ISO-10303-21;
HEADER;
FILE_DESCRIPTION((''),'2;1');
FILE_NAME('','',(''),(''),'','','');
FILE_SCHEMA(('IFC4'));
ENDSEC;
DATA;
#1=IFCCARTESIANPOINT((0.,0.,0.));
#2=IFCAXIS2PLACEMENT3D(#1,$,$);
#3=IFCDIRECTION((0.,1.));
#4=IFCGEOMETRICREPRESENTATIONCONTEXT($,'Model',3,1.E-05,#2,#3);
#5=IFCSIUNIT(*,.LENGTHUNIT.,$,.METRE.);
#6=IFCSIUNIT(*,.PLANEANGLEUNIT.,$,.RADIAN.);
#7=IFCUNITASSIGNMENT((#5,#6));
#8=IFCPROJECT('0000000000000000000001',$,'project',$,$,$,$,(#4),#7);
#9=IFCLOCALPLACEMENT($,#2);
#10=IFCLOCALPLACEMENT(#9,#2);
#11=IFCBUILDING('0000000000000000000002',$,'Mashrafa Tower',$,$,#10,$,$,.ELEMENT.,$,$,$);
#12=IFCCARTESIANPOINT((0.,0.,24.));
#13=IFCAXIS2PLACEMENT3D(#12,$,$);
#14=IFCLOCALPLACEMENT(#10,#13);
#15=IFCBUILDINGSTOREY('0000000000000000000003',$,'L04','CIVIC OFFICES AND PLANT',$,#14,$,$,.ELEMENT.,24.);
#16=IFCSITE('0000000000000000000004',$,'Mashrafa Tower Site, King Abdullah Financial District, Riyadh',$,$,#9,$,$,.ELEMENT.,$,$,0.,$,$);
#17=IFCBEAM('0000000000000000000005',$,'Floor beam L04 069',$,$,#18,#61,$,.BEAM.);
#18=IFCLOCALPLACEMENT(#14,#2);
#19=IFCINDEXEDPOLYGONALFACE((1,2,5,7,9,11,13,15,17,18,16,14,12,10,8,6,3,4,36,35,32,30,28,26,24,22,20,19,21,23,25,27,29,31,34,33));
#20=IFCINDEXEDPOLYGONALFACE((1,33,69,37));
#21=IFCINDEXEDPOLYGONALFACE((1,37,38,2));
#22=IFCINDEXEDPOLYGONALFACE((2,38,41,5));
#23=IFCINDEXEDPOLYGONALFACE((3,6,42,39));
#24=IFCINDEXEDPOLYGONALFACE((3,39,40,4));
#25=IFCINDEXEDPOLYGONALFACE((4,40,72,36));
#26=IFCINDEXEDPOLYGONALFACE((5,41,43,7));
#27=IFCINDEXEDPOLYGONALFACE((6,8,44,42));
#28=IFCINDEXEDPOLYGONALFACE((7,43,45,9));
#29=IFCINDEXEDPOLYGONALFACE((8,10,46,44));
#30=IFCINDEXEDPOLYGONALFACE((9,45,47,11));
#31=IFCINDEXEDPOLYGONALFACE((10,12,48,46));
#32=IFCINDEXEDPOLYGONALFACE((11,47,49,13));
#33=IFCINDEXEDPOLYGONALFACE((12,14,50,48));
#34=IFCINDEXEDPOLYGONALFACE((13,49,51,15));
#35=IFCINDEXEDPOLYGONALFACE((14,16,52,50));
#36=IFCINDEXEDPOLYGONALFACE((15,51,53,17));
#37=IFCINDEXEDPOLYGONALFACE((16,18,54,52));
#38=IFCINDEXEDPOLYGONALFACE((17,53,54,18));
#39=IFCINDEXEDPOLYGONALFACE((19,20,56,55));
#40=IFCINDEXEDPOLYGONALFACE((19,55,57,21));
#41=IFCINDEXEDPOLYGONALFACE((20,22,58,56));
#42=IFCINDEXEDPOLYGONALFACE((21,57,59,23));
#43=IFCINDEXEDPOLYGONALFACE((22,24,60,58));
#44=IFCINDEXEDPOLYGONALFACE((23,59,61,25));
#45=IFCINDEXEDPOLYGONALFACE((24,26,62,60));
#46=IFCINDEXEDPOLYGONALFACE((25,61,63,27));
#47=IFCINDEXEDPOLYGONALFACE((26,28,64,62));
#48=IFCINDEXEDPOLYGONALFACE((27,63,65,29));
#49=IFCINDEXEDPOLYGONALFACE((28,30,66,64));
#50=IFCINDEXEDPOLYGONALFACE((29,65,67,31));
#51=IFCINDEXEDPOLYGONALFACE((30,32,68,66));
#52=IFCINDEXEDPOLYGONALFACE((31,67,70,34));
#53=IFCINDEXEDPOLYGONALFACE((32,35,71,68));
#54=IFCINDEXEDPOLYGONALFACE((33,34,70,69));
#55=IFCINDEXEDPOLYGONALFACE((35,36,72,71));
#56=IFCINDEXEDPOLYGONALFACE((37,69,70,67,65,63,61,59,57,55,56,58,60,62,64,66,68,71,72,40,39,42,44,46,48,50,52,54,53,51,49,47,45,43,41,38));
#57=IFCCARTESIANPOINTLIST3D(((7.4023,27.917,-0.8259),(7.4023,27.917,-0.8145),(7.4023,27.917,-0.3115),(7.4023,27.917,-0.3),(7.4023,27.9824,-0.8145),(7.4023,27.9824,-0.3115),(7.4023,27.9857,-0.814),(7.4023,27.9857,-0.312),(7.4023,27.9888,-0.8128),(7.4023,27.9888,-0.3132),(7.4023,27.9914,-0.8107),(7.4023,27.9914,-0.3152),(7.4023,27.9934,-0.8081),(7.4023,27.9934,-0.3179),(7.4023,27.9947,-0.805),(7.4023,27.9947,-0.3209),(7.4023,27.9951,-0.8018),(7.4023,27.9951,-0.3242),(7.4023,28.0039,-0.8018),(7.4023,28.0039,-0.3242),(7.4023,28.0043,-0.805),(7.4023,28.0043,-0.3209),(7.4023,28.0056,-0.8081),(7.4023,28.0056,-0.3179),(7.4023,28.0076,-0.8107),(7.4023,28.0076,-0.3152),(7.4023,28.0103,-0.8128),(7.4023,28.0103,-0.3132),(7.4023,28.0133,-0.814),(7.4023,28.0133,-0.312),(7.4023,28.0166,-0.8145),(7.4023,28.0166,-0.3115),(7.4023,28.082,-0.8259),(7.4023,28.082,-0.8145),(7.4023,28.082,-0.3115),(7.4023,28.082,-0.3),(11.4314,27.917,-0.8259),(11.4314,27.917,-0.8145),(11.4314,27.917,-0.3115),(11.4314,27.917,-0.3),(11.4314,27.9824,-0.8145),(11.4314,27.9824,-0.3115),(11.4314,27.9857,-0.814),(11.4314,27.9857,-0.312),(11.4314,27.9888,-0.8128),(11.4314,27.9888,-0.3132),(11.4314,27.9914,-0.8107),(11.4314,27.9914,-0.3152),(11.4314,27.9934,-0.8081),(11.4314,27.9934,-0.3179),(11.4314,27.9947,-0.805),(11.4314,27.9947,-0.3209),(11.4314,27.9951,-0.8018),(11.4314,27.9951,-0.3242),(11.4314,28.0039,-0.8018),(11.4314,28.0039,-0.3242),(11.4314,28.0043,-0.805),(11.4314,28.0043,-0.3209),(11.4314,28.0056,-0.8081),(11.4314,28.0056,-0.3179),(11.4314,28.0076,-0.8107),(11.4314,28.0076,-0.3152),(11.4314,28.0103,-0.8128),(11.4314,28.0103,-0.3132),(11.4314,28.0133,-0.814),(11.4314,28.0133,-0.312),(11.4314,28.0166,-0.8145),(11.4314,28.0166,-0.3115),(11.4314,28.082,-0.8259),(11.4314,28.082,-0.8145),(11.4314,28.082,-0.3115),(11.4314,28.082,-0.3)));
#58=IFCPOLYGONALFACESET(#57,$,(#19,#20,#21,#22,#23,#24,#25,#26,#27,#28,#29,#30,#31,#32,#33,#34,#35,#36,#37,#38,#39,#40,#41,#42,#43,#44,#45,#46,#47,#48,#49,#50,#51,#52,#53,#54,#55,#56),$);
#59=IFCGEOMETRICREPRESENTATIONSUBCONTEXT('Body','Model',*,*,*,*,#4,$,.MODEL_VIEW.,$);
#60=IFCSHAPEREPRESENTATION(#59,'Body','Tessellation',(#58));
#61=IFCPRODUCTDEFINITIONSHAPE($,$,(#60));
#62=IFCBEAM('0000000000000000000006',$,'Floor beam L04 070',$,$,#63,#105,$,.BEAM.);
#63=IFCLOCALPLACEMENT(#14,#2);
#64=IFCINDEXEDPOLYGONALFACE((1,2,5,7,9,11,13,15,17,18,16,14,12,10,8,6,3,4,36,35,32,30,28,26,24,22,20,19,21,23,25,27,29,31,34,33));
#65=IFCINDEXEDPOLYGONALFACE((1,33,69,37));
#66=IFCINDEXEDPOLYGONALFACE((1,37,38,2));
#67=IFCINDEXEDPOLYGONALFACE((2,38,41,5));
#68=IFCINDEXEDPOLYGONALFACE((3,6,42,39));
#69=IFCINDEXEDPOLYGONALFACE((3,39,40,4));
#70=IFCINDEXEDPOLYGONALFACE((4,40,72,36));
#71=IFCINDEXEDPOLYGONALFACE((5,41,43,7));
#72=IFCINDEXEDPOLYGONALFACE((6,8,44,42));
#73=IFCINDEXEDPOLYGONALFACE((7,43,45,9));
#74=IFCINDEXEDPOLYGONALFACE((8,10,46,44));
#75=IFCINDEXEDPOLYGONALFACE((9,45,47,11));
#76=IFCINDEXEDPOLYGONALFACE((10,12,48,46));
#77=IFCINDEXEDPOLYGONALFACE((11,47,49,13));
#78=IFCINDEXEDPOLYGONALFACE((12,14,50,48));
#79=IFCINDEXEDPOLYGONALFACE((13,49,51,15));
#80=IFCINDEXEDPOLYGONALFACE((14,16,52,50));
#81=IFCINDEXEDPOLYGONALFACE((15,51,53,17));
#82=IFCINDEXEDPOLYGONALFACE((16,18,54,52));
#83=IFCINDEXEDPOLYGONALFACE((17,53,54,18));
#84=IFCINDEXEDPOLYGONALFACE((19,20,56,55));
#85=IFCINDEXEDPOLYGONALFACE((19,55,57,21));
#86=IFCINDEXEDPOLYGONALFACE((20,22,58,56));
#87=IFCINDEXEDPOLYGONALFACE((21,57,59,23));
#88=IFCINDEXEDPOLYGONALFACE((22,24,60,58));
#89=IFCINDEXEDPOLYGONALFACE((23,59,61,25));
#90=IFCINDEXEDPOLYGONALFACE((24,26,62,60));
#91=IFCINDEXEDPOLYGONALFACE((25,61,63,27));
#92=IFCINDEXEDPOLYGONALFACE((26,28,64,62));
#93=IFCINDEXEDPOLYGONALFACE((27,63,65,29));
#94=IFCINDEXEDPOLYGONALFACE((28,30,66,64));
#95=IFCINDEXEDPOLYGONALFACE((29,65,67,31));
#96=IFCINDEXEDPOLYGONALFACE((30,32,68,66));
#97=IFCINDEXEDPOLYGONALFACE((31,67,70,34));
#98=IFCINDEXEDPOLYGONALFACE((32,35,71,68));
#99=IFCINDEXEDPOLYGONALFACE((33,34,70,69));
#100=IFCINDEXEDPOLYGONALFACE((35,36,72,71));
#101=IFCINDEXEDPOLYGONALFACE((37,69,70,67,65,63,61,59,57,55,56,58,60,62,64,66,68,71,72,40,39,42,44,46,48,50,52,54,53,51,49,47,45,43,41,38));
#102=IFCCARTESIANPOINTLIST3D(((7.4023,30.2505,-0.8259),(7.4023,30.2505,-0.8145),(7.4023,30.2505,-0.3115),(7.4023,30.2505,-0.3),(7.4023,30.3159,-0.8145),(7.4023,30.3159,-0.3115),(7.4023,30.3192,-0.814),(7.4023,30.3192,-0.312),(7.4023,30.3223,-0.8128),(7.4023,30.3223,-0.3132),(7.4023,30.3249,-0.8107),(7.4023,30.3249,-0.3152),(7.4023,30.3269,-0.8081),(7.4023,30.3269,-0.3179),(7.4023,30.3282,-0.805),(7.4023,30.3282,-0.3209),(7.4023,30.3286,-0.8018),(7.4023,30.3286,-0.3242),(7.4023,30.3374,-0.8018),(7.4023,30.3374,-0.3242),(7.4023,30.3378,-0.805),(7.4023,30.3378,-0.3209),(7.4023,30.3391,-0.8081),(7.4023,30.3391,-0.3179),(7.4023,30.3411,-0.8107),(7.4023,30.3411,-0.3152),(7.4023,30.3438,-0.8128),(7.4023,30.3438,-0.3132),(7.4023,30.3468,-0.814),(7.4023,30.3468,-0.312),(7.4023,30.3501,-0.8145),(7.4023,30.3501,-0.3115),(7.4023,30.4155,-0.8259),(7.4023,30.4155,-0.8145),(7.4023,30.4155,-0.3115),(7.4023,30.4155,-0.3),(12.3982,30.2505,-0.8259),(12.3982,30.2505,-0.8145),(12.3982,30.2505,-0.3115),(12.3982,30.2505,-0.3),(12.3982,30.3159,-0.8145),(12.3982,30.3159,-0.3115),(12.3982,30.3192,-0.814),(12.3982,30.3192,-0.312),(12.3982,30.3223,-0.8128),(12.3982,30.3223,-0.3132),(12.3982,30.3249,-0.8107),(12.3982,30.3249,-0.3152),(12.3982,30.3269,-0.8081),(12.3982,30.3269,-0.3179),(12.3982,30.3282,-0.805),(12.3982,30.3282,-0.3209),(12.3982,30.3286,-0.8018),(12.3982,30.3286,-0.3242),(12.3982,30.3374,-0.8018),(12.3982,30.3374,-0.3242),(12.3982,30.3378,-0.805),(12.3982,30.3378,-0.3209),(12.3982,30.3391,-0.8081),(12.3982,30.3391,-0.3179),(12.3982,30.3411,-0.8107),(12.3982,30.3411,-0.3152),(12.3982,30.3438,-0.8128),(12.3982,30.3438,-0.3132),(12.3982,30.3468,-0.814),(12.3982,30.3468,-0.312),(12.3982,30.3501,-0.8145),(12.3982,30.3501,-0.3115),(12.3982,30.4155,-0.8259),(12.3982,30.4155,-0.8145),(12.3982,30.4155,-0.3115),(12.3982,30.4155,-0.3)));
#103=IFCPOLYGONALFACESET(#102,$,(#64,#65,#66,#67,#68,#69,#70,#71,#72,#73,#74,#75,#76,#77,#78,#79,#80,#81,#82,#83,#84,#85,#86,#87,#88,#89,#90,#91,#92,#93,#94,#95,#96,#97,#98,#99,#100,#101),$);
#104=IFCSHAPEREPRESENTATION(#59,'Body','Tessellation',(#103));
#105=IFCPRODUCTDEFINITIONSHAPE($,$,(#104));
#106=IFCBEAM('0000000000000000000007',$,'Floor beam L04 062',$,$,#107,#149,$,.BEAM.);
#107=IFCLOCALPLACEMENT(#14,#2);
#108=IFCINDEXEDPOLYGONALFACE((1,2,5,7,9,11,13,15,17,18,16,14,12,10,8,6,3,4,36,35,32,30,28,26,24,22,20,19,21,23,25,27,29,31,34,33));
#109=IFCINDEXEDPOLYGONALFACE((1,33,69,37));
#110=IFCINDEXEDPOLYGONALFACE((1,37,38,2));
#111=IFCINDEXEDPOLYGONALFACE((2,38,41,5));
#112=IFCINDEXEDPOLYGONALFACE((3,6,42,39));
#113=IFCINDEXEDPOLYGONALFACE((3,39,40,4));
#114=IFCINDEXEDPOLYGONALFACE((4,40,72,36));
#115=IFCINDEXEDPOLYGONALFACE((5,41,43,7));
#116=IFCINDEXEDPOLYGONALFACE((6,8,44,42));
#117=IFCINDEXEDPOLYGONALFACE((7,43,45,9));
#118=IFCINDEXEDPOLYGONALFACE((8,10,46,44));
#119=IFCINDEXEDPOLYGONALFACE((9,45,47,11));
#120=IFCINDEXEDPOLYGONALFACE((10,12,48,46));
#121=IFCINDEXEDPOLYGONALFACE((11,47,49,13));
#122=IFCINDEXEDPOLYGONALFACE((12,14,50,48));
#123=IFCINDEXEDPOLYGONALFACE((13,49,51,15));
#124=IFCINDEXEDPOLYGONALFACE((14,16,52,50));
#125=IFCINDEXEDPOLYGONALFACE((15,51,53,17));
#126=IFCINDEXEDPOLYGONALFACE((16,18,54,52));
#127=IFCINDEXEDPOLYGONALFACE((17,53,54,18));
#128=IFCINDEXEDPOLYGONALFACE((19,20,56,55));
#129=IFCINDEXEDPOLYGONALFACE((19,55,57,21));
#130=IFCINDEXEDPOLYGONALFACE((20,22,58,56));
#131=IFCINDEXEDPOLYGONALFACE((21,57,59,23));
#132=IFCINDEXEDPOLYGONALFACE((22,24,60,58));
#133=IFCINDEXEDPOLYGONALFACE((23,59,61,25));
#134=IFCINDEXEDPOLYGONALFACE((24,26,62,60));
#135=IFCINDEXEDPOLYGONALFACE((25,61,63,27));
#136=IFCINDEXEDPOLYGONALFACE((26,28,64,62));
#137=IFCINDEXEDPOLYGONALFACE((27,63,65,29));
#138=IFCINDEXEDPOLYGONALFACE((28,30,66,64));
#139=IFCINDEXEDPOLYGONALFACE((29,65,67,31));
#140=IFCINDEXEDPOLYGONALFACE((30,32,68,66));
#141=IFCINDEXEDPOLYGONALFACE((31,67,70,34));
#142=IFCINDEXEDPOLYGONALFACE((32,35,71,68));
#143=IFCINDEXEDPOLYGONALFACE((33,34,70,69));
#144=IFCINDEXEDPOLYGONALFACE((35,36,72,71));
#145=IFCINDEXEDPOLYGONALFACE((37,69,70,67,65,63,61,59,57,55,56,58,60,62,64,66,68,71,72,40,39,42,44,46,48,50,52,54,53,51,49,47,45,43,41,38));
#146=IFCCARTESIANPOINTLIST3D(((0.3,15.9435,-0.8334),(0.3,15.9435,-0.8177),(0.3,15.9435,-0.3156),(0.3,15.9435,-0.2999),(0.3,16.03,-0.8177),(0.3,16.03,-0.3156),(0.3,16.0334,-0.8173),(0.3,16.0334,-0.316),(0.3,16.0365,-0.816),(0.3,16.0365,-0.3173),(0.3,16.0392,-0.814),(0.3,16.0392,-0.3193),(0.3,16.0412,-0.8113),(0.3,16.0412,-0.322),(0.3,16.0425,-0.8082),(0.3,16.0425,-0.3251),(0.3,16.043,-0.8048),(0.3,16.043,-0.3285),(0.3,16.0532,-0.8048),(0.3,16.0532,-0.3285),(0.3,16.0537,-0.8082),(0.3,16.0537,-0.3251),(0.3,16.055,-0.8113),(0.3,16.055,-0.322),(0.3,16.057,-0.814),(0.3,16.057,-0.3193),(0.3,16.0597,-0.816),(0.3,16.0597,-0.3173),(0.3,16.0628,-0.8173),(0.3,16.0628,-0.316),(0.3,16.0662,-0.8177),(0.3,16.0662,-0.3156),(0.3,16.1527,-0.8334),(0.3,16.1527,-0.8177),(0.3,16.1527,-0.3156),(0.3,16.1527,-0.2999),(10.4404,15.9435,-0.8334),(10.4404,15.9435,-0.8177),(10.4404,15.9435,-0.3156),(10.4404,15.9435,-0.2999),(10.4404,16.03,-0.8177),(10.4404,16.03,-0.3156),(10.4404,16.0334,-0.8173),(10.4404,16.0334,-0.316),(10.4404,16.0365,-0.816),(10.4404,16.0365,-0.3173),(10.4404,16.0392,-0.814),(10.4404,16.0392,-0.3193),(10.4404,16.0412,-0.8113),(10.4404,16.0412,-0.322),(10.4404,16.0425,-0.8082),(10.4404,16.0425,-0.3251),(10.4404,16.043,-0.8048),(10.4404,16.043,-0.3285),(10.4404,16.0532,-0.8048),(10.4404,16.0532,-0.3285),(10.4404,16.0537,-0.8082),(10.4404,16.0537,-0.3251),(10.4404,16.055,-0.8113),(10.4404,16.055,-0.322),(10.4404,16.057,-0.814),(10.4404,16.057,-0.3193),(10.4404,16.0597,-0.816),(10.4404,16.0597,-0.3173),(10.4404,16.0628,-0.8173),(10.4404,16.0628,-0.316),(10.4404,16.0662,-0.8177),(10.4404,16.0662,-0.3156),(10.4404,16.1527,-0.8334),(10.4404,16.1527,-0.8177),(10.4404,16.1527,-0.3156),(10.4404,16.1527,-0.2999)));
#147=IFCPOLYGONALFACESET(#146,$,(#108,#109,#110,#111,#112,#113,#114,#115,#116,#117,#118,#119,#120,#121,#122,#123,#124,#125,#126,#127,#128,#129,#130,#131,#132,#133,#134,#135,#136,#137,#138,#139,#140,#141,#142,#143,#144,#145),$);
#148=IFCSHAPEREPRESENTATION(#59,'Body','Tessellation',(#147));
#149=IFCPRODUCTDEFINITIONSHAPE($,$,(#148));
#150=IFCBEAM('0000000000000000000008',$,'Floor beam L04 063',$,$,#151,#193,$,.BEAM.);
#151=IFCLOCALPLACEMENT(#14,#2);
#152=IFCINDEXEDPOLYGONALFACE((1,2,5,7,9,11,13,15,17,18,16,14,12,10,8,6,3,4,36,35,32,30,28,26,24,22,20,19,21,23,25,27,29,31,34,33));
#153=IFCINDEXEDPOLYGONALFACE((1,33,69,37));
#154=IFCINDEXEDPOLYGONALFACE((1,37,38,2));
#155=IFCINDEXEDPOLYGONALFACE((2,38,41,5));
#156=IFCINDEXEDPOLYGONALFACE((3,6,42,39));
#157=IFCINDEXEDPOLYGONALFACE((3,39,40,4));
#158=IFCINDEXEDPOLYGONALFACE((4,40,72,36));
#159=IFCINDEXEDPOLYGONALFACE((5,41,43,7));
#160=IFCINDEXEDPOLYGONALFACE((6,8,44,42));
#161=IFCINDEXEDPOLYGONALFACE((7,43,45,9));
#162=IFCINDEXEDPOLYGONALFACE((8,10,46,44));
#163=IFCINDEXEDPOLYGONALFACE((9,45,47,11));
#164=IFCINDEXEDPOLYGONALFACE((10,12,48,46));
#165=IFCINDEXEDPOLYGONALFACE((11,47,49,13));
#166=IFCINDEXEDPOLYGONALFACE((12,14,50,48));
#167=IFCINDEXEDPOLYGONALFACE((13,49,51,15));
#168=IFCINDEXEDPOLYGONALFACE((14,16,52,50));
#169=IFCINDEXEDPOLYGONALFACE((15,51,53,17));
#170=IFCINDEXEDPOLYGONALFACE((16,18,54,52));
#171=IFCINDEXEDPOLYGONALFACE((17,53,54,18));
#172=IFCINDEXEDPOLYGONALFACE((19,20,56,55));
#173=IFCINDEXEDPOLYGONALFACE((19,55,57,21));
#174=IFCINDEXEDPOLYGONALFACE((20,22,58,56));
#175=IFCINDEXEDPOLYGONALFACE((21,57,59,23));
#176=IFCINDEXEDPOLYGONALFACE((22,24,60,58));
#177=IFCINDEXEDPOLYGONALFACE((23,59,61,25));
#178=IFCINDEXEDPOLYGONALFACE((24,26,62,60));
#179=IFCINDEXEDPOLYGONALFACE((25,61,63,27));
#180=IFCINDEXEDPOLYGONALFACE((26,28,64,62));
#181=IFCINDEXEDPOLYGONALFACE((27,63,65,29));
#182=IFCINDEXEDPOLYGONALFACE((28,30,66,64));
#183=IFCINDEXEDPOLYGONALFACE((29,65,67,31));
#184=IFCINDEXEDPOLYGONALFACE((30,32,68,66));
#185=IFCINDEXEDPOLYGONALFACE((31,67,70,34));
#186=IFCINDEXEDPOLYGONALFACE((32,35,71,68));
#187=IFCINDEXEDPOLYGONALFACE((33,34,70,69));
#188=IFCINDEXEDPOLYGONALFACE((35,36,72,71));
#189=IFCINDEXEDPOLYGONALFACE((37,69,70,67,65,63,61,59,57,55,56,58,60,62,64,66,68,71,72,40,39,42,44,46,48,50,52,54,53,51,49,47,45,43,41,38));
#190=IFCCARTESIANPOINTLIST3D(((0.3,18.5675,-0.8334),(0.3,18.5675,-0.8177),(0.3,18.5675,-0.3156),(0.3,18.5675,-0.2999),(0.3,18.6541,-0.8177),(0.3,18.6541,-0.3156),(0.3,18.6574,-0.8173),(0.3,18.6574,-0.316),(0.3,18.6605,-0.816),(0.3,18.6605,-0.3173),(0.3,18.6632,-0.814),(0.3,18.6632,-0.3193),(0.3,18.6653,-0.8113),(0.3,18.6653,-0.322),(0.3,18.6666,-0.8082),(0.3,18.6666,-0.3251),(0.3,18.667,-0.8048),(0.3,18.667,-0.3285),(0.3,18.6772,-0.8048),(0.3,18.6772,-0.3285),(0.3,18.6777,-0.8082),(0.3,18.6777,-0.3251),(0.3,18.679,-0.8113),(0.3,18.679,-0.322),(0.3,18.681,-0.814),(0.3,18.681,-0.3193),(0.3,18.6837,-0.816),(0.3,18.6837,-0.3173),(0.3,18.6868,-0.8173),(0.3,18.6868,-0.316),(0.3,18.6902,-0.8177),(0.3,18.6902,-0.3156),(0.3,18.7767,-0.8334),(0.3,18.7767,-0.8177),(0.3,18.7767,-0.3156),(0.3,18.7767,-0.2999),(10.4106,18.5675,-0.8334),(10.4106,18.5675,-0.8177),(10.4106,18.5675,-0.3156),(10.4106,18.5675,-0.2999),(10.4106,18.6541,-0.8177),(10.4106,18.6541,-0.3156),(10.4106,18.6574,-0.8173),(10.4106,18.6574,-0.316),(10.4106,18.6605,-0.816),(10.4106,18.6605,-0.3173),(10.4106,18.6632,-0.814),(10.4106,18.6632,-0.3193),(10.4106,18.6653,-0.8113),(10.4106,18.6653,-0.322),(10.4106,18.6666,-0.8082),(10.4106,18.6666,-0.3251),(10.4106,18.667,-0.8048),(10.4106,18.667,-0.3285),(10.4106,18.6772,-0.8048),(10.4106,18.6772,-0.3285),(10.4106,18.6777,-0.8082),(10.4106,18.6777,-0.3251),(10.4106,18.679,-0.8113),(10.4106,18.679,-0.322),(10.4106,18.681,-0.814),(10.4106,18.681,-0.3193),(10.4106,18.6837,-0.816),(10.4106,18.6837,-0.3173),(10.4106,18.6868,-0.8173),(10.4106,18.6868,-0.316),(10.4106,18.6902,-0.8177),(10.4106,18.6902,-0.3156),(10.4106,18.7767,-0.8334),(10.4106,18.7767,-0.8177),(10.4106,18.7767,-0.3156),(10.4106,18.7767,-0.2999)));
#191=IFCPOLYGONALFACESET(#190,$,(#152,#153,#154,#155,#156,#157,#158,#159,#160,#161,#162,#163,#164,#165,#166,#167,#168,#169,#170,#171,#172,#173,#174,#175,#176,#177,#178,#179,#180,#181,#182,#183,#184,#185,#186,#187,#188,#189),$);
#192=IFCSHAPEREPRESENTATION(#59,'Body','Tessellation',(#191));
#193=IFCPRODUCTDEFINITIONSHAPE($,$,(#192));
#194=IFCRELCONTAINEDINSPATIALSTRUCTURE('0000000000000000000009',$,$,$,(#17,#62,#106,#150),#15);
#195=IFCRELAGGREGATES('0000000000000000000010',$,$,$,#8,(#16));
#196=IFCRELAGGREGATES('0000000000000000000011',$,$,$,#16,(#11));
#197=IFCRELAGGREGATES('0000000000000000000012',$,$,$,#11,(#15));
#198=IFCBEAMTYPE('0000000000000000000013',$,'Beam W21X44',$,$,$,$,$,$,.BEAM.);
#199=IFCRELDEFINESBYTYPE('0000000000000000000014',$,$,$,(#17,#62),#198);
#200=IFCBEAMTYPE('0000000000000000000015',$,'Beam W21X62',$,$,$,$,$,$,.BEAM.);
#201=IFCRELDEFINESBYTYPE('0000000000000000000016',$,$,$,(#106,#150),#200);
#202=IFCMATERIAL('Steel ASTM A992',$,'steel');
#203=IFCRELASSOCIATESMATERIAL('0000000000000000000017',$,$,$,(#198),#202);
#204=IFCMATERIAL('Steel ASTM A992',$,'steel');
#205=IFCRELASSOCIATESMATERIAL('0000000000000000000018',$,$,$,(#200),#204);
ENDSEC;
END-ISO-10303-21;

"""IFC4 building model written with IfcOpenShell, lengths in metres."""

from ifc_helpers import new_model, si_unit, direction, frame, origin, origin_2d, place, context, subcontext, project, spatial, i_section, extrude, material, material_profile, profile_set, type_object, element, save


model = new_model("IFC4")

# Units and contexts
model_context = context("Model", 3, precision=1e-05, world=origin(), true_north=direction((0.0, 1.0)))
body_context = subcontext(model_context, "Body", "Model", "MODEL_VIEW")
ifc_project = project(units=[si_unit("LENGTHUNIT", "METRE"), si_unit("PLANEANGLEUNIT", "RADIAN")], contexts=[model_context])

# Site, building, storey
site_placement = place(None, origin())
site = spatial("IfcSite", under=ifc_project, at=site_placement, Name="Mashrafa Tower Site, King Abdullah Financial District, Riyadh", CompositionType="ELEMENT", RefElevation=0.0)
building_placement = place(site_placement, origin())
building = spatial("IfcBuilding", under=site, at=building_placement, Name="Mashrafa Tower", CompositionType="ELEMENT")
storey_placement = place(building_placement, frame((0.0, 0.0, 24.0)))
storey = spatial("IfcBuildingStorey", under=building, at=storey_placement, Name="L04", Description="CIVIC OFFICES AND PLANT", CompositionType="ELEMENT", Elevation=24.0)

# Beams
ifc_material_1 = material(Name="Steel ASTM A992", Category="steel")
ifc_material_profile_1 = material_profile(ifc_material_1, i_section(OverallWidth=0.165, OverallDepth=0.5259, WebThickness=0.0088, FlangeThickness=0.0115, FilletRadius=0.0127, at=origin_2d()), Name="W21X44")
ifc_profile_set_1 = profile_set([ifc_material_profile_1], Name="Steel ASTM A992")
beam_type_1 = type_object("IfcBeamType", Name="Beam W21X44", PredefinedType="BEAM", material=ifc_profile_set_1)
beam_1_placement = place(storey_placement, frame((7.4023, 27.9995, -0.563), z_axis=(1.0, 0.0, 0.0), x_axis=(0.0, 1.0, 0.0)))
element("IfcBeam", 1, at=beam_1_placement, inside=storey, type_object=beam_type_1, Name="Floor beam L04 069", PredefinedType="BEAM", context=body_context, shape_type="SweptSolid", body=[
    extrude(i_section(OverallWidth=0.165, OverallDepth=0.5259, WebThickness=0.0088, FlangeThickness=0.0115, FilletRadius=0.0127, at=origin_2d()), origin(), (0.0, 0.0, 1.0), 4.0291),
])
beam_2_placement = place(storey_placement, frame((7.4023, 30.333, -0.563), z_axis=(1.0, 0.0, 0.0), x_axis=(0.0, 1.0, 0.0)))
element("IfcBeam", 2, at=beam_2_placement, inside=storey, type_object=beam_type_1, Name="Floor beam L04 070", PredefinedType="BEAM", context=body_context, shape_type="SweptSolid", body=[
    extrude(i_section(OverallWidth=0.165, OverallDepth=0.5259, WebThickness=0.0088, FlangeThickness=0.0115, FilletRadius=0.0127, at=origin_2d()), origin(), (0.0, 0.0, 1.0), 4.9958),
])
ifc_material_2 = material(Name="Steel ASTM A992", Category="steel")
ifc_material_profile_2 = material_profile(ifc_material_2, i_section(OverallWidth=0.2092, OverallDepth=0.5334, WebThickness=0.0103, FlangeThickness=0.0156, FilletRadius=0.0129, at=origin_2d()), Name="W21X62")
ifc_profile_set_2 = profile_set([ifc_material_profile_2], Name="Steel ASTM A992")
beam_type_2 = type_object("IfcBeamType", Name="Beam W21X62", PredefinedType="BEAM", material=ifc_profile_set_2)
beam_3_placement = place(storey_placement, frame((0.3, 16.0481, -0.5667), z_axis=(1.0, 0.0, 0.0), x_axis=(0.0, 1.0, 0.0)))
element("IfcBeam", 3, at=beam_3_placement, inside=storey, type_object=beam_type_2, Name="Floor beam L04 062", PredefinedType="BEAM", context=body_context, shape_type="SweptSolid", body=[
    extrude(i_section(OverallWidth=0.2092, OverallDepth=0.5334, WebThickness=0.0103, FlangeThickness=0.0156, FilletRadius=0.0129, at=origin_2d()), origin(), (0.0, 0.0, 1.0), 10.1404),
])
beam_4_placement = place(storey_placement, frame((0.3, 18.6721, -0.5667), z_axis=(1.0, 0.0, 0.0), x_axis=(0.0, 1.0, 0.0)))
element("IfcBeam", 4, at=beam_4_placement, inside=storey, type_object=beam_type_2, Name="Floor beam L04 063", PredefinedType="BEAM", context=body_context, shape_type="SweptSolid", body=[
    extrude(i_section(OverallWidth=0.2092, OverallDepth=0.5334, WebThickness=0.0103, FlangeThickness=0.0156, FilletRadius=0.0129, at=origin_2d()), origin(), (0.0, 0.0, 1.0), 10.1106),
])

save(model, "model.ifc")
